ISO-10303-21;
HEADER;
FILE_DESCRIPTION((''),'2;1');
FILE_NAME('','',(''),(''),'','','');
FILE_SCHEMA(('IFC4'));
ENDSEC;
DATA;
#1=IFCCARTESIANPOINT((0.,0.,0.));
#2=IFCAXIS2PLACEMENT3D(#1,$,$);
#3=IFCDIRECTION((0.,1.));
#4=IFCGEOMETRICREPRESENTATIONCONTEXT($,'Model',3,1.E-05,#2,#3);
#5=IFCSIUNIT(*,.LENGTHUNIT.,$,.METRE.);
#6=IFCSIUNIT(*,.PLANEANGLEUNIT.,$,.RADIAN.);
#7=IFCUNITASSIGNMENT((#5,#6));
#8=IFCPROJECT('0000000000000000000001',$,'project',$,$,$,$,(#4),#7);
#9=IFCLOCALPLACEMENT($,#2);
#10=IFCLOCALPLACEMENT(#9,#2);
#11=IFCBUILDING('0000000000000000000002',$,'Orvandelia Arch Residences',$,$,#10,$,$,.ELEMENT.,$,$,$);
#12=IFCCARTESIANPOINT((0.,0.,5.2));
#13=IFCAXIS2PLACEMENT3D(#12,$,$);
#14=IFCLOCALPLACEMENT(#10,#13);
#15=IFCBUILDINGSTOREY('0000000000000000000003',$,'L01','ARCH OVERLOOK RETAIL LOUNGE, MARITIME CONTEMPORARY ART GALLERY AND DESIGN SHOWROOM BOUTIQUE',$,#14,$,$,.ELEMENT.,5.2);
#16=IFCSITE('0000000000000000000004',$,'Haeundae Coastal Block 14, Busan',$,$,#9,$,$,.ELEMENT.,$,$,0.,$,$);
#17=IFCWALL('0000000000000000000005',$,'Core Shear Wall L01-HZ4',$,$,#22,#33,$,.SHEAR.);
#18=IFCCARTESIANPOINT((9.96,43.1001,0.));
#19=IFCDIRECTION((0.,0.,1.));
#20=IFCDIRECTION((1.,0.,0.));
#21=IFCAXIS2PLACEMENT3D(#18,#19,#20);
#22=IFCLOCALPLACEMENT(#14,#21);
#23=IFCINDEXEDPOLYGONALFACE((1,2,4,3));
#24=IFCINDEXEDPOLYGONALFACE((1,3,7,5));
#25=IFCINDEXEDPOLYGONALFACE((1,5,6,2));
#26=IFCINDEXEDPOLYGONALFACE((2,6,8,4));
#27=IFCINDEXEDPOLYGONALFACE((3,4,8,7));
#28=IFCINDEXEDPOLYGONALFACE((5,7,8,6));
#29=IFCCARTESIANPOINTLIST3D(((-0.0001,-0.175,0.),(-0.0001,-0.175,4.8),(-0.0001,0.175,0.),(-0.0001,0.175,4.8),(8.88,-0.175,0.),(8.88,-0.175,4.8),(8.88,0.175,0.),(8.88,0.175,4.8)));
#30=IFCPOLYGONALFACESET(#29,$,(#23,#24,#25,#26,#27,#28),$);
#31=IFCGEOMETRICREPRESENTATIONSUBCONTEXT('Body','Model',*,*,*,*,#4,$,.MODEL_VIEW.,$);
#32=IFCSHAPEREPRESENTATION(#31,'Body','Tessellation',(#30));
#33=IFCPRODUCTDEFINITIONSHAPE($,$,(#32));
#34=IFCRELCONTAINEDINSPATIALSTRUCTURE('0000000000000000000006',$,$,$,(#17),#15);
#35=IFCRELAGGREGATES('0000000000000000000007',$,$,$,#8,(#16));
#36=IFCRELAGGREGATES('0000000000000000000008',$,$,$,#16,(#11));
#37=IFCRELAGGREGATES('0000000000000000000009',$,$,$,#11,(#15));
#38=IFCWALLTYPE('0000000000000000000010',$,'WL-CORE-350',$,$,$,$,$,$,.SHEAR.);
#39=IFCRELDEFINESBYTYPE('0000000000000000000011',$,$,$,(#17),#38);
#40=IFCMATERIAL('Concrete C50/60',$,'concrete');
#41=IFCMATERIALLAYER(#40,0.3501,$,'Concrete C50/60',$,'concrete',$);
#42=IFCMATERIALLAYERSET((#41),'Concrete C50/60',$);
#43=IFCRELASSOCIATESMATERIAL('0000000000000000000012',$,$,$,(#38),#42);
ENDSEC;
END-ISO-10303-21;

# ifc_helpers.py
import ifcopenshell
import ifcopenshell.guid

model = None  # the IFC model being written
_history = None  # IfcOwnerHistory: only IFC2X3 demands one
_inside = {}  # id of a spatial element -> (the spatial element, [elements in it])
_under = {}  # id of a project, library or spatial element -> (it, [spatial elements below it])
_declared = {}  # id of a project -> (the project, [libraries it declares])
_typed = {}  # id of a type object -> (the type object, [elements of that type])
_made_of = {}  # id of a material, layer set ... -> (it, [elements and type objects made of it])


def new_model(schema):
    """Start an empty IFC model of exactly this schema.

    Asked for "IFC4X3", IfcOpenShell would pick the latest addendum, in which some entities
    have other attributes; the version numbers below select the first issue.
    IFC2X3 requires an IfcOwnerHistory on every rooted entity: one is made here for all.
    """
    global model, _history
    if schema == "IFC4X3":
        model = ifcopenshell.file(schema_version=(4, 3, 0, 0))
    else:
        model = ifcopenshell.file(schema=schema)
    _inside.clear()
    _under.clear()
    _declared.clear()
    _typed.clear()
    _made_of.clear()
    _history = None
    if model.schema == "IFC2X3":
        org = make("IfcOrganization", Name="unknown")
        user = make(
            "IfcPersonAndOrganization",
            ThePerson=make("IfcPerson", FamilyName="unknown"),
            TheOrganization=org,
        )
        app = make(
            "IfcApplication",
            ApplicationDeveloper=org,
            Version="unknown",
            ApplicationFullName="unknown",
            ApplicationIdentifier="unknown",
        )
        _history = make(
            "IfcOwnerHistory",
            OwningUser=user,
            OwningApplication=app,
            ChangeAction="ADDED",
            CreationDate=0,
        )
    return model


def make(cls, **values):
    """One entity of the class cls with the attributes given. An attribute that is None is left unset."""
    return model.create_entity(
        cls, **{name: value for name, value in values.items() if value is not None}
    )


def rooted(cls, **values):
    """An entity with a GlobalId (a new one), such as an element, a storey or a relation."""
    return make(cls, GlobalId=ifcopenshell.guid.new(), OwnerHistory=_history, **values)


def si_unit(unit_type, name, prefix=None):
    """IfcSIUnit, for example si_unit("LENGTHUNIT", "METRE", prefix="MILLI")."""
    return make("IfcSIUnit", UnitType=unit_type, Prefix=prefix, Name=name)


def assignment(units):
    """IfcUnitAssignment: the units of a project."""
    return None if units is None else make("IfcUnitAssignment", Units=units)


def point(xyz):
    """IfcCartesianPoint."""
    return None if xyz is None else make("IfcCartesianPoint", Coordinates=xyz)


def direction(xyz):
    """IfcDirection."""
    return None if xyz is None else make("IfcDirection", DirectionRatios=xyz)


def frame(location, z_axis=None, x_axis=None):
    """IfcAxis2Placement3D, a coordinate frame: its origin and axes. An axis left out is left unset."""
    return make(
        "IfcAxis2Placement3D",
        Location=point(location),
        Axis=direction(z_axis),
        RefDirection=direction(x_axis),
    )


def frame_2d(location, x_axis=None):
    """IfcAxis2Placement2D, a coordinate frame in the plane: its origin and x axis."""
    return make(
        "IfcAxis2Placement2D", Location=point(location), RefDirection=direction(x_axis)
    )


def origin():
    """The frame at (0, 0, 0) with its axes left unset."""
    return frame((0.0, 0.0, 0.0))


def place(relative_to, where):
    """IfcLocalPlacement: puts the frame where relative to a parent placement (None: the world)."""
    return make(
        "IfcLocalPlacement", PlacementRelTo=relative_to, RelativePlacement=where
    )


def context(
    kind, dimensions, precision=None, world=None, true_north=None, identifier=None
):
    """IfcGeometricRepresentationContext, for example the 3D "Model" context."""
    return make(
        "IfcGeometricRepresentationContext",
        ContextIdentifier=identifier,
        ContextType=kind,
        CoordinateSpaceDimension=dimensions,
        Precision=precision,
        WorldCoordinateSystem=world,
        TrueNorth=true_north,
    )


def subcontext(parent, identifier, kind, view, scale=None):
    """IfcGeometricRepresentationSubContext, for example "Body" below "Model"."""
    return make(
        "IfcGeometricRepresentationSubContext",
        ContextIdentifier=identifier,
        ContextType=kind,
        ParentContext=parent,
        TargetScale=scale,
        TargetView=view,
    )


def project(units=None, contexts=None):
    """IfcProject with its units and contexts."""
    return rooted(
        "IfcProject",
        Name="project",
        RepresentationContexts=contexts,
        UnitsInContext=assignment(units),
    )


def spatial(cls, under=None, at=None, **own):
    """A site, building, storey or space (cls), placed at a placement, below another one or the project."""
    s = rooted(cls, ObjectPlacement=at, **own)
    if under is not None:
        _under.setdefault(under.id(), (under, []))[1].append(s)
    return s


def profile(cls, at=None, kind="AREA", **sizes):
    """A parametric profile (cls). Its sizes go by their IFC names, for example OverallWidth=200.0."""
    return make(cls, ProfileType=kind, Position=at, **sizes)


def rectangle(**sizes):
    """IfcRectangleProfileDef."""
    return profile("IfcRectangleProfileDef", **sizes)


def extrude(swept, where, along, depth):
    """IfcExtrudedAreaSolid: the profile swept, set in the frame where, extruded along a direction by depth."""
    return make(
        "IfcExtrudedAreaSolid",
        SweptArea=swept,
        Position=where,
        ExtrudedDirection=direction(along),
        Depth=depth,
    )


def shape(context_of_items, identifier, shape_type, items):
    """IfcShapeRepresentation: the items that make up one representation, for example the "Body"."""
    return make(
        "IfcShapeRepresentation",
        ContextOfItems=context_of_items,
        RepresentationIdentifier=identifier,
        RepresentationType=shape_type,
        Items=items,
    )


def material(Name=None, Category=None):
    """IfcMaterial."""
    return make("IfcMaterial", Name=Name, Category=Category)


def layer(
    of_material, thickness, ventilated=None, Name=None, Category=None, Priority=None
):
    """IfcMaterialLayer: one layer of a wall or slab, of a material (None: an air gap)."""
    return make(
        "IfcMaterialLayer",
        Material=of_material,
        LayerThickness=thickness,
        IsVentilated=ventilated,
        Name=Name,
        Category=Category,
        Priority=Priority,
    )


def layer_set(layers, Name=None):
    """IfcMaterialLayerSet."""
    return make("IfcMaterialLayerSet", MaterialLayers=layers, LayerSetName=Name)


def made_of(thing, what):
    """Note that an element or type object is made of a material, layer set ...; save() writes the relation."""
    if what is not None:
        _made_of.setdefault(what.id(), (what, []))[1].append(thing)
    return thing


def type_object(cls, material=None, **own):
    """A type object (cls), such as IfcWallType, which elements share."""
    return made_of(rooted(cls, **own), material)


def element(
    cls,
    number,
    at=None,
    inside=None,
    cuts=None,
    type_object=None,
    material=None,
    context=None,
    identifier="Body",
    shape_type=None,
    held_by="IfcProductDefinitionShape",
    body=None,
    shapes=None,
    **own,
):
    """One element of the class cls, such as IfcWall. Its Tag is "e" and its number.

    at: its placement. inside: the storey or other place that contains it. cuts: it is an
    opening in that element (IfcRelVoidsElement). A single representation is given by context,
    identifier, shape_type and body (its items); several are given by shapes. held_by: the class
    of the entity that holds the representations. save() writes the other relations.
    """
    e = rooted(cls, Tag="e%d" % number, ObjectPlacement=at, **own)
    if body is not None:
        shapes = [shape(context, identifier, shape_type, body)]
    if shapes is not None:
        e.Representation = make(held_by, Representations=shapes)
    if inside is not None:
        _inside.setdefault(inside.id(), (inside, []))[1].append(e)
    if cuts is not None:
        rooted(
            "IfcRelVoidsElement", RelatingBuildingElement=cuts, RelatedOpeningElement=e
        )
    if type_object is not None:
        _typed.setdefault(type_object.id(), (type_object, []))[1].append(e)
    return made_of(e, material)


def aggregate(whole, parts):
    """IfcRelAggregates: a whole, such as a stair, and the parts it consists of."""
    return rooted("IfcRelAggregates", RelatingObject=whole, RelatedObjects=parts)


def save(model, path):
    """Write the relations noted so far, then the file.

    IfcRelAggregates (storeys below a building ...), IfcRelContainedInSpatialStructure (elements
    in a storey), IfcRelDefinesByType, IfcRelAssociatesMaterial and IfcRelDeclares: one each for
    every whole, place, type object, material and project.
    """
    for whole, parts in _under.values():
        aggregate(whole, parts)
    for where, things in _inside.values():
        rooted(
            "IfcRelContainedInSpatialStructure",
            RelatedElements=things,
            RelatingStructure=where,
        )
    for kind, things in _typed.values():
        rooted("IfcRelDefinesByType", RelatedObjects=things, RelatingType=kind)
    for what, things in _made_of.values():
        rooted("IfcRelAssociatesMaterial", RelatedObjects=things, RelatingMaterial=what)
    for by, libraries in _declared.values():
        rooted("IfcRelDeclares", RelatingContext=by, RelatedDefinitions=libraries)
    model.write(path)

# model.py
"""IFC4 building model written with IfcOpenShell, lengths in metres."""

from ifc_helpers import new_model, si_unit, direction, frame, frame_2d, origin, place, context, subcontext, project, spatial, rectangle, extrude, material, layer, layer_set, type_object, element, save


model = new_model("IFC4")

# Units and contexts
model_context = context("Model", 3, precision=1e-05, world=origin(), true_north=direction((0.0, 1.0)))
body_context = subcontext(model_context, "Body", "Model", "MODEL_VIEW")
ifc_project = project(units=[si_unit("LENGTHUNIT", "METRE"), si_unit("PLANEANGLEUNIT", "RADIAN")], contexts=[model_context])

# Site, building, storey
site_placement = place(None, origin())
site = spatial("IfcSite", under=ifc_project, at=site_placement, Name="Haeundae Coastal Block 14, Busan", CompositionType="ELEMENT", RefElevation=0.0)
building_placement = place(site_placement, origin())
building = spatial("IfcBuilding", under=site, at=building_placement, Name="Orvandelia Arch Residences", CompositionType="ELEMENT")
storey_placement = place(building_placement, frame((0.0, 0.0, 5.2)))
storey = spatial("IfcBuildingStorey", under=building, at=storey_placement, Name="L01", Description="ARCH OVERLOOK RETAIL LOUNGE, MARITIME CONTEMPORARY ART GALLERY AND DESIGN SHOWROOM BOUTIQUE", CompositionType="ELEMENT", Elevation=5.2)

# Wall
ifc_material_1 = material(Name="Concrete C50/60", Category="concrete")
ifc_layer_1 = layer(ifc_material_1, 0.3501, Name="Concrete C50/60", Category="concrete")
ifc_layer_set_1 = layer_set([ifc_layer_1], Name="Concrete C50/60")
wall_type_1 = type_object("IfcWallType", Name="WL-CORE-350", PredefinedType="SHEAR", material=ifc_layer_set_1)
wall_1_placement = place(storey_placement, frame((9.96, 43.1001, 0.0), z_axis=(0.0, 0.0, 1.0), x_axis=(1.0, 0.0, 0.0)))
element("IfcWall", 1, at=wall_1_placement, inside=storey, type_object=wall_type_1, Name="Core Shear Wall L01-HZ4", PredefinedType="SHEAR", context=body_context, shape_type="SweptSolid", body=[
    extrude(rectangle(XDim=8.8801, YDim=0.3501, at=frame_2d((4.4399, 0.0))), origin(), (0.0, 0.0, 1.0), 4.8),
])

save(model, "model.ifc")
